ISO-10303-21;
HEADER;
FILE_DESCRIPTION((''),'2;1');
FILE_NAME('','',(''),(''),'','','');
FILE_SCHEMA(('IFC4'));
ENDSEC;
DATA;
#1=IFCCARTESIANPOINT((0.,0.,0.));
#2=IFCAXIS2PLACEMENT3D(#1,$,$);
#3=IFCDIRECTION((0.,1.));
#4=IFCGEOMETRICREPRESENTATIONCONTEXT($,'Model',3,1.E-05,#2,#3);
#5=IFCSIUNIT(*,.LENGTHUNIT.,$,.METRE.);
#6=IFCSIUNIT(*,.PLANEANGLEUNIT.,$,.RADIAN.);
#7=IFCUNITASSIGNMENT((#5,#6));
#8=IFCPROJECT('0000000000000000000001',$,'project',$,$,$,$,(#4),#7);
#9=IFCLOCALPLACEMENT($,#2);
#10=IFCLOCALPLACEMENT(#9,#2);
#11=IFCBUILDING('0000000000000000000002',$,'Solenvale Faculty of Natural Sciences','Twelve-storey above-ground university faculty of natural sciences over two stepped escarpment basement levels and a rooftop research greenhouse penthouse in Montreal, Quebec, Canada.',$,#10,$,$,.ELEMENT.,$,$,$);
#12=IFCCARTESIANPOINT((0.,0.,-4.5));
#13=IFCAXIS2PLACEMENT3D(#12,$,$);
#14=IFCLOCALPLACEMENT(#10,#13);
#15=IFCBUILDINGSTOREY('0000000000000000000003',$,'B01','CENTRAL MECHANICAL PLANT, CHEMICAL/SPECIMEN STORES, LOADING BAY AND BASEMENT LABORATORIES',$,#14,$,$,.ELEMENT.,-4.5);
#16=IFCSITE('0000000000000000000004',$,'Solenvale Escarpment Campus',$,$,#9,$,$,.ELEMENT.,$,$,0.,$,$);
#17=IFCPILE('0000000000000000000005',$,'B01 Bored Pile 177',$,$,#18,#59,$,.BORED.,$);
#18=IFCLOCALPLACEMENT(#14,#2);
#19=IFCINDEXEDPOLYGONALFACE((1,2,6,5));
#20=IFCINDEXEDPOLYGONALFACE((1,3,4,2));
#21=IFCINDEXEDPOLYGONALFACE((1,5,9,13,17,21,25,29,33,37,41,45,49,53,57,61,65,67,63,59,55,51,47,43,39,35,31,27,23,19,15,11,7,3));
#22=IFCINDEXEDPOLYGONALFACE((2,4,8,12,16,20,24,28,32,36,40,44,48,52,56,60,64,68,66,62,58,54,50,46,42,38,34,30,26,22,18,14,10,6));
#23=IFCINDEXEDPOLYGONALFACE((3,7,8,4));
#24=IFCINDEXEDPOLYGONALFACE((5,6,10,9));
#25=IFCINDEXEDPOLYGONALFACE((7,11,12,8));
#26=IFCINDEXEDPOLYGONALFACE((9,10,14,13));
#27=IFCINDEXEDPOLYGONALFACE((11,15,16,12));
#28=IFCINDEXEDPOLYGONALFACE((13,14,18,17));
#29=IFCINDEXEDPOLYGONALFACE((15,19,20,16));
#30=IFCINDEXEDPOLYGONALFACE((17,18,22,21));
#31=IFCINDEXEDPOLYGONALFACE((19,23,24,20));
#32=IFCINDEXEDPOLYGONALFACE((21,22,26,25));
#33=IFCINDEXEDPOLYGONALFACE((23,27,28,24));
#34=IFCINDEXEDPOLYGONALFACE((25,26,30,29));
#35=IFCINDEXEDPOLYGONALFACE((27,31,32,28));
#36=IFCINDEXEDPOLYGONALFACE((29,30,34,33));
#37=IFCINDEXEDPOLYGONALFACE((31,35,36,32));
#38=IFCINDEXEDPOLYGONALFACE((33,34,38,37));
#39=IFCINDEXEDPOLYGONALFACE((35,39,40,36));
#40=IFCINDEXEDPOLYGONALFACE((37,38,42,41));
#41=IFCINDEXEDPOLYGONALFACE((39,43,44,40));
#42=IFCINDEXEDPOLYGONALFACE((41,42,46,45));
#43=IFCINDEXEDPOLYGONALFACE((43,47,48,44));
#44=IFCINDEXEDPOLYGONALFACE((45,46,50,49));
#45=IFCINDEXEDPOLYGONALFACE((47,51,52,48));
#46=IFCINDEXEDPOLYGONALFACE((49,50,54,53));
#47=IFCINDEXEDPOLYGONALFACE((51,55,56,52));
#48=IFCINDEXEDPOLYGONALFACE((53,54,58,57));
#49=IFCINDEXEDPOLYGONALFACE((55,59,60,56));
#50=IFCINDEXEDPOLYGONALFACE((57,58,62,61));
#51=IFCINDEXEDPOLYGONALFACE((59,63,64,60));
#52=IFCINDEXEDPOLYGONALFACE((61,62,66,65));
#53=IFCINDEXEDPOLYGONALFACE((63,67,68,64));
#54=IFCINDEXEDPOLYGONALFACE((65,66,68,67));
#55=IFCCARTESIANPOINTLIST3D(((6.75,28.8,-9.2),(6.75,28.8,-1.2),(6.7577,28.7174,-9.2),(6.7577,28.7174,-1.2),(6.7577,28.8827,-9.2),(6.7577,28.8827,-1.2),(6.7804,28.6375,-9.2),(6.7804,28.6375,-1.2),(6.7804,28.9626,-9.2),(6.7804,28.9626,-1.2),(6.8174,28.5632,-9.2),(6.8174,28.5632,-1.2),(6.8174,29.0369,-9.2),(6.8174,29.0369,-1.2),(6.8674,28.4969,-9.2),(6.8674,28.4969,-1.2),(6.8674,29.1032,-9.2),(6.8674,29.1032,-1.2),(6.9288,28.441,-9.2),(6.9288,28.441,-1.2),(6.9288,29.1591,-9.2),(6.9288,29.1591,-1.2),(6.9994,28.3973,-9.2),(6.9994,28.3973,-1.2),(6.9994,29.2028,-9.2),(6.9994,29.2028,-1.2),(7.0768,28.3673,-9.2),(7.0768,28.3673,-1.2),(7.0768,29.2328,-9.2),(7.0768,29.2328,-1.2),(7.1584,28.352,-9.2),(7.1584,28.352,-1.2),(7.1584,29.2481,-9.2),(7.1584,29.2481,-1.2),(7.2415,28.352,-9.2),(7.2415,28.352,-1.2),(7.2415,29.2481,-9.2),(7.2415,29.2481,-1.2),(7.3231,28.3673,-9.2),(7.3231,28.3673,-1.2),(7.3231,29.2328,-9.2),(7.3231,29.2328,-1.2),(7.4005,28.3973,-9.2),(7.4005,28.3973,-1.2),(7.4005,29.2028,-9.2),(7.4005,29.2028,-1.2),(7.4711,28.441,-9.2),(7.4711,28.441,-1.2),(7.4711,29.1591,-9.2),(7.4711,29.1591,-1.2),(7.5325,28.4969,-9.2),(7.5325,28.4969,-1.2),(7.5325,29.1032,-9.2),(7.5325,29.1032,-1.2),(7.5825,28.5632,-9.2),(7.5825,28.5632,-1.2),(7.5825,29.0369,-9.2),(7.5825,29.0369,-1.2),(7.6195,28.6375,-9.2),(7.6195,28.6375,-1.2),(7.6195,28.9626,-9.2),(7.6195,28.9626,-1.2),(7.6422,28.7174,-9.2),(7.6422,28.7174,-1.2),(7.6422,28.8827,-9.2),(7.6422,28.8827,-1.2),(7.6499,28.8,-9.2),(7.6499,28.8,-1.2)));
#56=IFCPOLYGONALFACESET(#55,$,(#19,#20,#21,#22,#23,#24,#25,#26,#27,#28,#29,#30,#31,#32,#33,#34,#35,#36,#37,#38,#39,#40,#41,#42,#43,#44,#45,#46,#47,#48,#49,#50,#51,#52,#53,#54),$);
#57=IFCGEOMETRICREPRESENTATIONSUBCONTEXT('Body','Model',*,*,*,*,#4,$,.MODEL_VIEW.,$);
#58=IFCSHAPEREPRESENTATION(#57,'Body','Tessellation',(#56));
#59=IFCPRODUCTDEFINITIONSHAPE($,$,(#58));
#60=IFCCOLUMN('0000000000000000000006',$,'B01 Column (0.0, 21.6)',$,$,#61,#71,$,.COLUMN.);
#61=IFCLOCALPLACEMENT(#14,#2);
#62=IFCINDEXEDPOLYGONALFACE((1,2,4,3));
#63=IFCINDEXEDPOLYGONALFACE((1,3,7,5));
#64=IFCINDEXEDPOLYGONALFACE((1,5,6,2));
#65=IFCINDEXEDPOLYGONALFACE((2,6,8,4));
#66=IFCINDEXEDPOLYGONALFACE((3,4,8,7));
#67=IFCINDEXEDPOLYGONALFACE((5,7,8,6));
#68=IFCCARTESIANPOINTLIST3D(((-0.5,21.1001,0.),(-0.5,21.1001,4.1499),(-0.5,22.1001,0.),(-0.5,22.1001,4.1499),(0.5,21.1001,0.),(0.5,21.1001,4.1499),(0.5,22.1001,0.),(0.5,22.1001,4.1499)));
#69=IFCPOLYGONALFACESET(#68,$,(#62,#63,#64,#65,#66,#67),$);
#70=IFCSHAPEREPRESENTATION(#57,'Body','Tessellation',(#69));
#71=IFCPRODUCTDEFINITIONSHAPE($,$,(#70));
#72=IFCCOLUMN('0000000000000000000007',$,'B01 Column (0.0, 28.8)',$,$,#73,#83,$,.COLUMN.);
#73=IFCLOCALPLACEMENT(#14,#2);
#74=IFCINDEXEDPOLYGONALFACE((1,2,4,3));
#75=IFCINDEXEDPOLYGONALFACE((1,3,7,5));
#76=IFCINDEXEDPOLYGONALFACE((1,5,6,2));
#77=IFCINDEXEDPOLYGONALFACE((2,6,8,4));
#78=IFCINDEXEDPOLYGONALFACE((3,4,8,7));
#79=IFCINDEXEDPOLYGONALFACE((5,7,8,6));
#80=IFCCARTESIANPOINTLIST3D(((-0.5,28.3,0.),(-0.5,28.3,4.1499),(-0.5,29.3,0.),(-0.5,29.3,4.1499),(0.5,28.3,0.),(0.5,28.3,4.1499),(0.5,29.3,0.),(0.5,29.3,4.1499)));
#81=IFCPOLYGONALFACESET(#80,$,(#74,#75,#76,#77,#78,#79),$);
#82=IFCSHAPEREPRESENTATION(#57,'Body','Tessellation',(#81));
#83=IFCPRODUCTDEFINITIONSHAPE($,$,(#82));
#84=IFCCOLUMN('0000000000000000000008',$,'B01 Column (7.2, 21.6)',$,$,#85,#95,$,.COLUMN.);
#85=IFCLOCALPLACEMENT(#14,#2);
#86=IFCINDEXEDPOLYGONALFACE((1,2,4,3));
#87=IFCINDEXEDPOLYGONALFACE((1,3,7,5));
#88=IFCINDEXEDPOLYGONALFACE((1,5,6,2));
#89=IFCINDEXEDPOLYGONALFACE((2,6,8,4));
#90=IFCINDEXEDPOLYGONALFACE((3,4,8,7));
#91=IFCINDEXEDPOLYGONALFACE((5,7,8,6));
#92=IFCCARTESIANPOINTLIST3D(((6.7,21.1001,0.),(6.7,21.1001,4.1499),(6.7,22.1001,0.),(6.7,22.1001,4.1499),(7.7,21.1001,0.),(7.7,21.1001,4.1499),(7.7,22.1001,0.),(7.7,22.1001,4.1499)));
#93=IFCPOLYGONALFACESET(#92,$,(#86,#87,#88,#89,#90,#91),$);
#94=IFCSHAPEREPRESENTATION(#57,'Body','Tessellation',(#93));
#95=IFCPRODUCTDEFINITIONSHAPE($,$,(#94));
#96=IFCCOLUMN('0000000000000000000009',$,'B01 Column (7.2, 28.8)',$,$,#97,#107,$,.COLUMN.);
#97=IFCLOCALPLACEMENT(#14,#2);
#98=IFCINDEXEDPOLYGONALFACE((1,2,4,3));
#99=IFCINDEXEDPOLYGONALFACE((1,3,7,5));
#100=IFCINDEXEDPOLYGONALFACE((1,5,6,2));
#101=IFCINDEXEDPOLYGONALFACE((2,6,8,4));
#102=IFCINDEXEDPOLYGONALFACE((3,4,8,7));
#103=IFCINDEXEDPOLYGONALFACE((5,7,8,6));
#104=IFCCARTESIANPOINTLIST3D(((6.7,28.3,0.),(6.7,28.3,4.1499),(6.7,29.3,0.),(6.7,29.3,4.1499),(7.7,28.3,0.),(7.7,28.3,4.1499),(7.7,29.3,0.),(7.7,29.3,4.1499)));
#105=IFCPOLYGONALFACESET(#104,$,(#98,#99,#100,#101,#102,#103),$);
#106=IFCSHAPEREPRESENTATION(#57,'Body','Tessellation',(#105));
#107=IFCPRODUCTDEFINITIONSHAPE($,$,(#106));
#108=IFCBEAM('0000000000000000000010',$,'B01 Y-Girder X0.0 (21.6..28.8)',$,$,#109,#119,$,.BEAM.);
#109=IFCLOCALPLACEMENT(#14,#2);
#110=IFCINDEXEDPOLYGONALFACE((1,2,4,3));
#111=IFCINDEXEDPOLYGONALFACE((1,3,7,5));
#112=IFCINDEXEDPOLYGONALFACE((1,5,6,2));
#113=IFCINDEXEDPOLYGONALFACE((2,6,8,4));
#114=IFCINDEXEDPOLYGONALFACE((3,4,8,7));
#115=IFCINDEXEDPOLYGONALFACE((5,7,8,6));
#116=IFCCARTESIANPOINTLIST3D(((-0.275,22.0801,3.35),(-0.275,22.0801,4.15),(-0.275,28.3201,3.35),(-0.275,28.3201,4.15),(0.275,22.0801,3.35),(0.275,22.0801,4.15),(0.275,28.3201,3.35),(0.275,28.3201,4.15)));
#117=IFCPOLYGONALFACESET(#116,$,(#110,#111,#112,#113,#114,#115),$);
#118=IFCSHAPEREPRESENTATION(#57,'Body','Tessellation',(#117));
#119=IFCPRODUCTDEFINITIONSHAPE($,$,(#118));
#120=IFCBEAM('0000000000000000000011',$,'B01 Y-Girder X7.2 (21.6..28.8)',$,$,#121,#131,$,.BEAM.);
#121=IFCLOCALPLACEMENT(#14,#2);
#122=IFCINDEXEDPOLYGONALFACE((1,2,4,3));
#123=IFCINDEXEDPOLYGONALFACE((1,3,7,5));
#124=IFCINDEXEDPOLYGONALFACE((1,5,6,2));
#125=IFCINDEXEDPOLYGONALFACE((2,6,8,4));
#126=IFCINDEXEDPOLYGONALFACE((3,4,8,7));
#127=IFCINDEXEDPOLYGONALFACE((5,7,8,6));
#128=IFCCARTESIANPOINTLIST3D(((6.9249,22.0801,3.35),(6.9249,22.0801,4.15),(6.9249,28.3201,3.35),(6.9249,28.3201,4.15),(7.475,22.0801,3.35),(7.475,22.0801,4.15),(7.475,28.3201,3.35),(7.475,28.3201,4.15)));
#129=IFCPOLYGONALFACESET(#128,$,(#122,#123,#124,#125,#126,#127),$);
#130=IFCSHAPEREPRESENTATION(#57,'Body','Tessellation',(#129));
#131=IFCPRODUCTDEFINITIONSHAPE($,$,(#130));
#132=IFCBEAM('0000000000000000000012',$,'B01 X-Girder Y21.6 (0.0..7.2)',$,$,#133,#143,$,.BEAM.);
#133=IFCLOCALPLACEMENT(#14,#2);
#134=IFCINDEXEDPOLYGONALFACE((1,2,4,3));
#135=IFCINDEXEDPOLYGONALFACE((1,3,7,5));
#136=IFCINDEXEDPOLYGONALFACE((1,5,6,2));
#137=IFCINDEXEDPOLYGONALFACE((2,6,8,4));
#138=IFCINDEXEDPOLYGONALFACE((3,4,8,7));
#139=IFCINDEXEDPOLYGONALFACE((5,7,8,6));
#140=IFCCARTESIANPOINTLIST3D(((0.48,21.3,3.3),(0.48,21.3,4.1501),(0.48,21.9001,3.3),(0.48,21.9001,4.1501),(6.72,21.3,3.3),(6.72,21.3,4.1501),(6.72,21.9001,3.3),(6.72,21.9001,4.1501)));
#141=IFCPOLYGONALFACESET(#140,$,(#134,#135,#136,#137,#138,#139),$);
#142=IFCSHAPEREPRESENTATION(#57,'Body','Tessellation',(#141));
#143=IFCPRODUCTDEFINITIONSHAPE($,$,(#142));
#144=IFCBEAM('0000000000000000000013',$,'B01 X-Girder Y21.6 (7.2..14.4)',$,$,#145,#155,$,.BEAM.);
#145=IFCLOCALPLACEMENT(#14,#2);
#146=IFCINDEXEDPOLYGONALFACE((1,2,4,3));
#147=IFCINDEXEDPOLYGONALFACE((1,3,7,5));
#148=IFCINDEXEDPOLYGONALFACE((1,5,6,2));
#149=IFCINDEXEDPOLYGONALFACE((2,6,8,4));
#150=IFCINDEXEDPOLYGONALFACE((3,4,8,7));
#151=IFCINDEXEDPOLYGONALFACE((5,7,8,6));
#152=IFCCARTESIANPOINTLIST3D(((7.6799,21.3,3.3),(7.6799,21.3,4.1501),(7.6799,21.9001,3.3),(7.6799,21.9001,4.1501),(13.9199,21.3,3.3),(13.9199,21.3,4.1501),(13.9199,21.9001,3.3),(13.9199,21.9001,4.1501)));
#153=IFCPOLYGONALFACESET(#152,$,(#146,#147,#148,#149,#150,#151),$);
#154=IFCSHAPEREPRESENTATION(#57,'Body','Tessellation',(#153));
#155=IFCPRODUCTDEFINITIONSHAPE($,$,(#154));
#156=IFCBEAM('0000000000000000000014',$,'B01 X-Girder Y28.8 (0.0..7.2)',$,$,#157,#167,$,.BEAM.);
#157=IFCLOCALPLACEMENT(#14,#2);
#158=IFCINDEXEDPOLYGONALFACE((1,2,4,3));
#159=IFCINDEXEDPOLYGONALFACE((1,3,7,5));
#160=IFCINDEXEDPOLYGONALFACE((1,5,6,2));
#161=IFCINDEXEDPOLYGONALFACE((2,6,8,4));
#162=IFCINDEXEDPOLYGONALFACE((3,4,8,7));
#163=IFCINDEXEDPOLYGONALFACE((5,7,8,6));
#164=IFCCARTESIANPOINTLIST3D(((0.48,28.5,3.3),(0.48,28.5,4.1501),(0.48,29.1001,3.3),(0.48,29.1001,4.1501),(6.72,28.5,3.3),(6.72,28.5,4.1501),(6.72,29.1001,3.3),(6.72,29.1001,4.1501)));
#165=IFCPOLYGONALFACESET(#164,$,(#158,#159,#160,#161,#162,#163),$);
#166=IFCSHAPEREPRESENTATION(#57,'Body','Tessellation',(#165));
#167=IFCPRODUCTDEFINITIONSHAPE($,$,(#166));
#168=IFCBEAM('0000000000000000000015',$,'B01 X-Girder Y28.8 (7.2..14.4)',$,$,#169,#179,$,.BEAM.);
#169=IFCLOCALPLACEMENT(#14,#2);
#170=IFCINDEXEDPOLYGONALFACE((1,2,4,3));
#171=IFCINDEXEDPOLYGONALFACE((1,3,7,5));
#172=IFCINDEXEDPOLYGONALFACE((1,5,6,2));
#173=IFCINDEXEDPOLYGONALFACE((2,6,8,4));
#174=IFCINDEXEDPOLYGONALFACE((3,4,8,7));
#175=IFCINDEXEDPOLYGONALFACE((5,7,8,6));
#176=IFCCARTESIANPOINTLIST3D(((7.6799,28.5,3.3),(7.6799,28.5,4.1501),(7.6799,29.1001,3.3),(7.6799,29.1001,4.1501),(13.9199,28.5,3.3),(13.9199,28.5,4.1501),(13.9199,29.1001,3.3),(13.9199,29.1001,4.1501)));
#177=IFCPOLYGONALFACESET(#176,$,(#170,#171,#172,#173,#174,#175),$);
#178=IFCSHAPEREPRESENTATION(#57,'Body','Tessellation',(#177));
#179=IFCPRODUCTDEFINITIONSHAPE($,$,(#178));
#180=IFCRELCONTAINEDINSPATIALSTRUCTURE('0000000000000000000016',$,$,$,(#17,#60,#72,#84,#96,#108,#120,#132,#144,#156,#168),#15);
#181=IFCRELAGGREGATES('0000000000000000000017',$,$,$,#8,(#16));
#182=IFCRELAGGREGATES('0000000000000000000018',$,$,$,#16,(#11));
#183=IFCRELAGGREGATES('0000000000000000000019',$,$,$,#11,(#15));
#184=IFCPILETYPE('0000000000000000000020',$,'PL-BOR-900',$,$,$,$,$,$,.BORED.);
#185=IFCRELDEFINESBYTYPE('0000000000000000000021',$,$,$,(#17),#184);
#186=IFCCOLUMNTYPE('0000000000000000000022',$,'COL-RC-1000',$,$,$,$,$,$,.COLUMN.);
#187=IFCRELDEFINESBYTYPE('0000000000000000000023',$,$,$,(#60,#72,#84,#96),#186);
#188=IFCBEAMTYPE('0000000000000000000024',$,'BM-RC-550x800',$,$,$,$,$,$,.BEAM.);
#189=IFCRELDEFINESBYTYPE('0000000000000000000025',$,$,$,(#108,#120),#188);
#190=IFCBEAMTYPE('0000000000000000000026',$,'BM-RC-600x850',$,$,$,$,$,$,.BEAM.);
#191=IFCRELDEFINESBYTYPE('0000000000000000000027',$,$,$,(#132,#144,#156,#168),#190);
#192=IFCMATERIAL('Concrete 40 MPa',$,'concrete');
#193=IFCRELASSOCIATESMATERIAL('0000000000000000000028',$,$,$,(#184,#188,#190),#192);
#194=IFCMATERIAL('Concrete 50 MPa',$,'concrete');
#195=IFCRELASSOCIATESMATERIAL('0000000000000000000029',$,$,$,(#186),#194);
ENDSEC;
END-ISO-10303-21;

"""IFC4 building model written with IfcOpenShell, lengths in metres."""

from ifc_helpers import new_model, si_unit, direction, frame, origin, origin_2d, place, context, subcontext, project, spatial, rectangle, circle, extrude, material, material_profile, profile_set, type_object, element, save


model = new_model("IFC4")

# Units and contexts
model_context = context("Model", 3, precision=1e-05, world=origin(), true_north=direction((0.0, 1.0)))
body_context = subcontext(model_context, "Body", "Model", "MODEL_VIEW")
ifc_project = project(units=[si_unit("LENGTHUNIT", "METRE"), si_unit("PLANEANGLEUNIT", "RADIAN")], contexts=[model_context])

# Site, building, storey
site_placement = place(None, origin())
site = spatial("IfcSite", under=ifc_project, at=site_placement, Name="Solenvale Escarpment Campus", CompositionType="ELEMENT", RefElevation=0.0)
building_placement = place(site_placement, origin())
building = spatial("IfcBuilding", under=site, at=building_placement, Name="Solenvale Faculty of Natural Sciences", Description="Twelve-storey above-ground university faculty of natural sciences over two stepped escarpment basement levels and a rooftop research greenhouse penthouse in Montreal, Quebec, Canada.", CompositionType="ELEMENT")
storey_placement = place(building_placement, frame((0.0, 0.0, -4.5)))
storey = spatial("IfcBuildingStorey", under=building, at=storey_placement, Name="B01", Description="CENTRAL MECHANICAL PLANT, CHEMICAL/SPECIMEN STORES, LOADING BAY AND BASEMENT LABORATORIES", CompositionType="ELEMENT", Elevation=-4.5)

# Shared definitions
ifc_material_1 = material(Name="Concrete 40 MPa", Category="concrete")

# Pile
ifc_material_profile_1 = material_profile(ifc_material_1, circle(Radius=0.45, at=origin_2d()), Name="PILE-D900")
ifc_profile_set_1 = profile_set([ifc_material_profile_1], Name="Concrete 40 MPa")
pile_type = type_object("IfcPileType", Name="PL-BOR-900", PredefinedType="BORED", material=ifc_profile_set_1)
for number, where, z_axis, x_axis, name in (
    (1, (7.2, 28.8, -1.2), (0.0, 0.0, -1.0), (1.0, 0.0, 0.0), "B01 Bored Pile 177"),
):
    element("IfcPile", number, at=place(storey_placement, frame(where, z_axis=z_axis, x_axis=x_axis)), inside=storey, type_object=pile_type, Name=name, PredefinedType="BORED", context=body_context, shape_type="SweptSolid", body=[
        extrude(circle(Radius=0.45, at=origin_2d()), origin(), (0.0, 0.0, 1.0), 8.0),
    ])

# Columns
ifc_material_2 = material(Name="Concrete 50 MPa", Category="concrete")
ifc_material_profile_2 = material_profile(ifc_material_2, rectangle(XDim=1.0, YDim=1.0, at=origin_2d()), Name="RC-COL-1000x1000")
ifc_profile_set_2 = profile_set([ifc_material_profile_2], Name="Concrete 50 MPa")
column_type = type_object("IfcColumnType", Name="COL-RC-1000", PredefinedType="COLUMN", material=ifc_profile_set_2)
for number, where, z_axis, x_axis, name in (
    (2, (0.0, 21.6001, 0.0), (0.0, 0.0, 1.0), (1.0, 0.0, 0.0), "B01 Column (0.0, 21.6)"),
    (3, (0.0, 28.8, 0.0), (0.0, 0.0, 1.0), (1.0, 0.0, 0.0), "B01 Column (0.0, 28.8)"),
    (4, (7.2, 21.6001, 0.0), (0.0, 0.0, 1.0), (1.0, 0.0, 0.0), "B01 Column (7.2, 21.6)"),
    (5, (7.2, 28.8, 0.0), (0.0, 0.0, 1.0), (1.0, 0.0, 0.0), "B01 Column (7.2, 28.8)"),
):
    element("IfcColumn", number, at=place(storey_placement, frame(where, z_axis=z_axis, x_axis=x_axis)), inside=storey, type_object=column_type, Name=name, PredefinedType="COLUMN", context=body_context, shape_type="SweptSolid", body=[
        extrude(rectangle(XDim=1.0, YDim=1.0, at=origin_2d()), origin(), (0.0, 0.0, 1.0), 4.1499),
    ])

# Beams
ifc_material_profile_3 = material_profile(ifc_material_1, rectangle(XDim=0.55, YDim=0.8, at=origin_2d()), Name="RC-BM-550x800")
ifc_profile_set_3 = profile_set([ifc_material_profile_3], Name="Concrete 40 MPa")
beam_type_1 = type_object("IfcBeamType", Name="BM-RC-550x800", PredefinedType="BEAM", material=ifc_profile_set_3)
for number, where, z_axis, x_axis, name in (
    (6, (0.0, 22.0801, 3.75), (0.0, 1.0, 0.0), (-1.0, 0.0, 0.0), "B01 Y-Girder X0.0 (21.6..28.8)"),
    (7, (7.2, 22.0801, 3.75), (0.0, 1.0, 0.0), (-1.0, 0.0, 0.0), "B01 Y-Girder X7.2 (21.6..28.8)"),
):
    element("IfcBeam", number, at=place(storey_placement, frame(where, z_axis=z_axis, x_axis=x_axis)), inside=storey, type_object=beam_type_1, Name=name, PredefinedType="BEAM", context=body_context, shape_type="SweptSolid", body=[
        extrude(rectangle(XDim=0.55, YDim=0.8, at=origin_2d()), origin(), (0.0, 0.0, 1.0), 6.24),
    ])
ifc_material_profile_4 = material_profile(ifc_material_1, rectangle(XDim=0.6001, YDim=0.8501, at=origin_2d()), Name="RC-BM-600x850")
ifc_profile_set_4 = profile_set([ifc_material_profile_4], Name="Concrete 40 MPa")
beam_type_2 = type_object("IfcBeamType", Name="BM-RC-600x850", PredefinedType="BEAM", material=ifc_profile_set_4)
for number, where, z_axis, x_axis, name in (
    (8, (0.48, 21.6001, 3.7251), (1.0, 0.0, 0.0), (0.0, 1.0, 0.0), "B01 X-Girder Y21.6 (0.0..7.2)"),
    (9, (7.6799, 21.6001, 3.7251), (1.0, 0.0, 0.0), (0.0, 1.0, 0.0), "B01 X-Girder Y21.6 (7.2..14.4)"),
    (10, (0.48, 28.8, 3.7251), (1.0, 0.0, 0.0), (0.0, 1.0, 0.0), "B01 X-Girder Y28.8 (0.0..7.2)"),
    (11, (7.6799, 28.8, 3.7251), (1.0, 0.0, 0.0), (0.0, 1.0, 0.0), "B01 X-Girder Y28.8 (7.2..14.4)"),
):
    element("IfcBeam", number, at=place(storey_placement, frame(where, z_axis=z_axis, x_axis=x_axis)), inside=storey, type_object=beam_type_2, Name=name, PredefinedType="BEAM", context=body_context, shape_type="SweptSolid", body=[
        extrude(rectangle(XDim=0.6001, YDim=0.8501, at=origin_2d()), origin(), (0.0, 0.0, 1.0), 6.24),
    ])

save(model, "model.ifc")
